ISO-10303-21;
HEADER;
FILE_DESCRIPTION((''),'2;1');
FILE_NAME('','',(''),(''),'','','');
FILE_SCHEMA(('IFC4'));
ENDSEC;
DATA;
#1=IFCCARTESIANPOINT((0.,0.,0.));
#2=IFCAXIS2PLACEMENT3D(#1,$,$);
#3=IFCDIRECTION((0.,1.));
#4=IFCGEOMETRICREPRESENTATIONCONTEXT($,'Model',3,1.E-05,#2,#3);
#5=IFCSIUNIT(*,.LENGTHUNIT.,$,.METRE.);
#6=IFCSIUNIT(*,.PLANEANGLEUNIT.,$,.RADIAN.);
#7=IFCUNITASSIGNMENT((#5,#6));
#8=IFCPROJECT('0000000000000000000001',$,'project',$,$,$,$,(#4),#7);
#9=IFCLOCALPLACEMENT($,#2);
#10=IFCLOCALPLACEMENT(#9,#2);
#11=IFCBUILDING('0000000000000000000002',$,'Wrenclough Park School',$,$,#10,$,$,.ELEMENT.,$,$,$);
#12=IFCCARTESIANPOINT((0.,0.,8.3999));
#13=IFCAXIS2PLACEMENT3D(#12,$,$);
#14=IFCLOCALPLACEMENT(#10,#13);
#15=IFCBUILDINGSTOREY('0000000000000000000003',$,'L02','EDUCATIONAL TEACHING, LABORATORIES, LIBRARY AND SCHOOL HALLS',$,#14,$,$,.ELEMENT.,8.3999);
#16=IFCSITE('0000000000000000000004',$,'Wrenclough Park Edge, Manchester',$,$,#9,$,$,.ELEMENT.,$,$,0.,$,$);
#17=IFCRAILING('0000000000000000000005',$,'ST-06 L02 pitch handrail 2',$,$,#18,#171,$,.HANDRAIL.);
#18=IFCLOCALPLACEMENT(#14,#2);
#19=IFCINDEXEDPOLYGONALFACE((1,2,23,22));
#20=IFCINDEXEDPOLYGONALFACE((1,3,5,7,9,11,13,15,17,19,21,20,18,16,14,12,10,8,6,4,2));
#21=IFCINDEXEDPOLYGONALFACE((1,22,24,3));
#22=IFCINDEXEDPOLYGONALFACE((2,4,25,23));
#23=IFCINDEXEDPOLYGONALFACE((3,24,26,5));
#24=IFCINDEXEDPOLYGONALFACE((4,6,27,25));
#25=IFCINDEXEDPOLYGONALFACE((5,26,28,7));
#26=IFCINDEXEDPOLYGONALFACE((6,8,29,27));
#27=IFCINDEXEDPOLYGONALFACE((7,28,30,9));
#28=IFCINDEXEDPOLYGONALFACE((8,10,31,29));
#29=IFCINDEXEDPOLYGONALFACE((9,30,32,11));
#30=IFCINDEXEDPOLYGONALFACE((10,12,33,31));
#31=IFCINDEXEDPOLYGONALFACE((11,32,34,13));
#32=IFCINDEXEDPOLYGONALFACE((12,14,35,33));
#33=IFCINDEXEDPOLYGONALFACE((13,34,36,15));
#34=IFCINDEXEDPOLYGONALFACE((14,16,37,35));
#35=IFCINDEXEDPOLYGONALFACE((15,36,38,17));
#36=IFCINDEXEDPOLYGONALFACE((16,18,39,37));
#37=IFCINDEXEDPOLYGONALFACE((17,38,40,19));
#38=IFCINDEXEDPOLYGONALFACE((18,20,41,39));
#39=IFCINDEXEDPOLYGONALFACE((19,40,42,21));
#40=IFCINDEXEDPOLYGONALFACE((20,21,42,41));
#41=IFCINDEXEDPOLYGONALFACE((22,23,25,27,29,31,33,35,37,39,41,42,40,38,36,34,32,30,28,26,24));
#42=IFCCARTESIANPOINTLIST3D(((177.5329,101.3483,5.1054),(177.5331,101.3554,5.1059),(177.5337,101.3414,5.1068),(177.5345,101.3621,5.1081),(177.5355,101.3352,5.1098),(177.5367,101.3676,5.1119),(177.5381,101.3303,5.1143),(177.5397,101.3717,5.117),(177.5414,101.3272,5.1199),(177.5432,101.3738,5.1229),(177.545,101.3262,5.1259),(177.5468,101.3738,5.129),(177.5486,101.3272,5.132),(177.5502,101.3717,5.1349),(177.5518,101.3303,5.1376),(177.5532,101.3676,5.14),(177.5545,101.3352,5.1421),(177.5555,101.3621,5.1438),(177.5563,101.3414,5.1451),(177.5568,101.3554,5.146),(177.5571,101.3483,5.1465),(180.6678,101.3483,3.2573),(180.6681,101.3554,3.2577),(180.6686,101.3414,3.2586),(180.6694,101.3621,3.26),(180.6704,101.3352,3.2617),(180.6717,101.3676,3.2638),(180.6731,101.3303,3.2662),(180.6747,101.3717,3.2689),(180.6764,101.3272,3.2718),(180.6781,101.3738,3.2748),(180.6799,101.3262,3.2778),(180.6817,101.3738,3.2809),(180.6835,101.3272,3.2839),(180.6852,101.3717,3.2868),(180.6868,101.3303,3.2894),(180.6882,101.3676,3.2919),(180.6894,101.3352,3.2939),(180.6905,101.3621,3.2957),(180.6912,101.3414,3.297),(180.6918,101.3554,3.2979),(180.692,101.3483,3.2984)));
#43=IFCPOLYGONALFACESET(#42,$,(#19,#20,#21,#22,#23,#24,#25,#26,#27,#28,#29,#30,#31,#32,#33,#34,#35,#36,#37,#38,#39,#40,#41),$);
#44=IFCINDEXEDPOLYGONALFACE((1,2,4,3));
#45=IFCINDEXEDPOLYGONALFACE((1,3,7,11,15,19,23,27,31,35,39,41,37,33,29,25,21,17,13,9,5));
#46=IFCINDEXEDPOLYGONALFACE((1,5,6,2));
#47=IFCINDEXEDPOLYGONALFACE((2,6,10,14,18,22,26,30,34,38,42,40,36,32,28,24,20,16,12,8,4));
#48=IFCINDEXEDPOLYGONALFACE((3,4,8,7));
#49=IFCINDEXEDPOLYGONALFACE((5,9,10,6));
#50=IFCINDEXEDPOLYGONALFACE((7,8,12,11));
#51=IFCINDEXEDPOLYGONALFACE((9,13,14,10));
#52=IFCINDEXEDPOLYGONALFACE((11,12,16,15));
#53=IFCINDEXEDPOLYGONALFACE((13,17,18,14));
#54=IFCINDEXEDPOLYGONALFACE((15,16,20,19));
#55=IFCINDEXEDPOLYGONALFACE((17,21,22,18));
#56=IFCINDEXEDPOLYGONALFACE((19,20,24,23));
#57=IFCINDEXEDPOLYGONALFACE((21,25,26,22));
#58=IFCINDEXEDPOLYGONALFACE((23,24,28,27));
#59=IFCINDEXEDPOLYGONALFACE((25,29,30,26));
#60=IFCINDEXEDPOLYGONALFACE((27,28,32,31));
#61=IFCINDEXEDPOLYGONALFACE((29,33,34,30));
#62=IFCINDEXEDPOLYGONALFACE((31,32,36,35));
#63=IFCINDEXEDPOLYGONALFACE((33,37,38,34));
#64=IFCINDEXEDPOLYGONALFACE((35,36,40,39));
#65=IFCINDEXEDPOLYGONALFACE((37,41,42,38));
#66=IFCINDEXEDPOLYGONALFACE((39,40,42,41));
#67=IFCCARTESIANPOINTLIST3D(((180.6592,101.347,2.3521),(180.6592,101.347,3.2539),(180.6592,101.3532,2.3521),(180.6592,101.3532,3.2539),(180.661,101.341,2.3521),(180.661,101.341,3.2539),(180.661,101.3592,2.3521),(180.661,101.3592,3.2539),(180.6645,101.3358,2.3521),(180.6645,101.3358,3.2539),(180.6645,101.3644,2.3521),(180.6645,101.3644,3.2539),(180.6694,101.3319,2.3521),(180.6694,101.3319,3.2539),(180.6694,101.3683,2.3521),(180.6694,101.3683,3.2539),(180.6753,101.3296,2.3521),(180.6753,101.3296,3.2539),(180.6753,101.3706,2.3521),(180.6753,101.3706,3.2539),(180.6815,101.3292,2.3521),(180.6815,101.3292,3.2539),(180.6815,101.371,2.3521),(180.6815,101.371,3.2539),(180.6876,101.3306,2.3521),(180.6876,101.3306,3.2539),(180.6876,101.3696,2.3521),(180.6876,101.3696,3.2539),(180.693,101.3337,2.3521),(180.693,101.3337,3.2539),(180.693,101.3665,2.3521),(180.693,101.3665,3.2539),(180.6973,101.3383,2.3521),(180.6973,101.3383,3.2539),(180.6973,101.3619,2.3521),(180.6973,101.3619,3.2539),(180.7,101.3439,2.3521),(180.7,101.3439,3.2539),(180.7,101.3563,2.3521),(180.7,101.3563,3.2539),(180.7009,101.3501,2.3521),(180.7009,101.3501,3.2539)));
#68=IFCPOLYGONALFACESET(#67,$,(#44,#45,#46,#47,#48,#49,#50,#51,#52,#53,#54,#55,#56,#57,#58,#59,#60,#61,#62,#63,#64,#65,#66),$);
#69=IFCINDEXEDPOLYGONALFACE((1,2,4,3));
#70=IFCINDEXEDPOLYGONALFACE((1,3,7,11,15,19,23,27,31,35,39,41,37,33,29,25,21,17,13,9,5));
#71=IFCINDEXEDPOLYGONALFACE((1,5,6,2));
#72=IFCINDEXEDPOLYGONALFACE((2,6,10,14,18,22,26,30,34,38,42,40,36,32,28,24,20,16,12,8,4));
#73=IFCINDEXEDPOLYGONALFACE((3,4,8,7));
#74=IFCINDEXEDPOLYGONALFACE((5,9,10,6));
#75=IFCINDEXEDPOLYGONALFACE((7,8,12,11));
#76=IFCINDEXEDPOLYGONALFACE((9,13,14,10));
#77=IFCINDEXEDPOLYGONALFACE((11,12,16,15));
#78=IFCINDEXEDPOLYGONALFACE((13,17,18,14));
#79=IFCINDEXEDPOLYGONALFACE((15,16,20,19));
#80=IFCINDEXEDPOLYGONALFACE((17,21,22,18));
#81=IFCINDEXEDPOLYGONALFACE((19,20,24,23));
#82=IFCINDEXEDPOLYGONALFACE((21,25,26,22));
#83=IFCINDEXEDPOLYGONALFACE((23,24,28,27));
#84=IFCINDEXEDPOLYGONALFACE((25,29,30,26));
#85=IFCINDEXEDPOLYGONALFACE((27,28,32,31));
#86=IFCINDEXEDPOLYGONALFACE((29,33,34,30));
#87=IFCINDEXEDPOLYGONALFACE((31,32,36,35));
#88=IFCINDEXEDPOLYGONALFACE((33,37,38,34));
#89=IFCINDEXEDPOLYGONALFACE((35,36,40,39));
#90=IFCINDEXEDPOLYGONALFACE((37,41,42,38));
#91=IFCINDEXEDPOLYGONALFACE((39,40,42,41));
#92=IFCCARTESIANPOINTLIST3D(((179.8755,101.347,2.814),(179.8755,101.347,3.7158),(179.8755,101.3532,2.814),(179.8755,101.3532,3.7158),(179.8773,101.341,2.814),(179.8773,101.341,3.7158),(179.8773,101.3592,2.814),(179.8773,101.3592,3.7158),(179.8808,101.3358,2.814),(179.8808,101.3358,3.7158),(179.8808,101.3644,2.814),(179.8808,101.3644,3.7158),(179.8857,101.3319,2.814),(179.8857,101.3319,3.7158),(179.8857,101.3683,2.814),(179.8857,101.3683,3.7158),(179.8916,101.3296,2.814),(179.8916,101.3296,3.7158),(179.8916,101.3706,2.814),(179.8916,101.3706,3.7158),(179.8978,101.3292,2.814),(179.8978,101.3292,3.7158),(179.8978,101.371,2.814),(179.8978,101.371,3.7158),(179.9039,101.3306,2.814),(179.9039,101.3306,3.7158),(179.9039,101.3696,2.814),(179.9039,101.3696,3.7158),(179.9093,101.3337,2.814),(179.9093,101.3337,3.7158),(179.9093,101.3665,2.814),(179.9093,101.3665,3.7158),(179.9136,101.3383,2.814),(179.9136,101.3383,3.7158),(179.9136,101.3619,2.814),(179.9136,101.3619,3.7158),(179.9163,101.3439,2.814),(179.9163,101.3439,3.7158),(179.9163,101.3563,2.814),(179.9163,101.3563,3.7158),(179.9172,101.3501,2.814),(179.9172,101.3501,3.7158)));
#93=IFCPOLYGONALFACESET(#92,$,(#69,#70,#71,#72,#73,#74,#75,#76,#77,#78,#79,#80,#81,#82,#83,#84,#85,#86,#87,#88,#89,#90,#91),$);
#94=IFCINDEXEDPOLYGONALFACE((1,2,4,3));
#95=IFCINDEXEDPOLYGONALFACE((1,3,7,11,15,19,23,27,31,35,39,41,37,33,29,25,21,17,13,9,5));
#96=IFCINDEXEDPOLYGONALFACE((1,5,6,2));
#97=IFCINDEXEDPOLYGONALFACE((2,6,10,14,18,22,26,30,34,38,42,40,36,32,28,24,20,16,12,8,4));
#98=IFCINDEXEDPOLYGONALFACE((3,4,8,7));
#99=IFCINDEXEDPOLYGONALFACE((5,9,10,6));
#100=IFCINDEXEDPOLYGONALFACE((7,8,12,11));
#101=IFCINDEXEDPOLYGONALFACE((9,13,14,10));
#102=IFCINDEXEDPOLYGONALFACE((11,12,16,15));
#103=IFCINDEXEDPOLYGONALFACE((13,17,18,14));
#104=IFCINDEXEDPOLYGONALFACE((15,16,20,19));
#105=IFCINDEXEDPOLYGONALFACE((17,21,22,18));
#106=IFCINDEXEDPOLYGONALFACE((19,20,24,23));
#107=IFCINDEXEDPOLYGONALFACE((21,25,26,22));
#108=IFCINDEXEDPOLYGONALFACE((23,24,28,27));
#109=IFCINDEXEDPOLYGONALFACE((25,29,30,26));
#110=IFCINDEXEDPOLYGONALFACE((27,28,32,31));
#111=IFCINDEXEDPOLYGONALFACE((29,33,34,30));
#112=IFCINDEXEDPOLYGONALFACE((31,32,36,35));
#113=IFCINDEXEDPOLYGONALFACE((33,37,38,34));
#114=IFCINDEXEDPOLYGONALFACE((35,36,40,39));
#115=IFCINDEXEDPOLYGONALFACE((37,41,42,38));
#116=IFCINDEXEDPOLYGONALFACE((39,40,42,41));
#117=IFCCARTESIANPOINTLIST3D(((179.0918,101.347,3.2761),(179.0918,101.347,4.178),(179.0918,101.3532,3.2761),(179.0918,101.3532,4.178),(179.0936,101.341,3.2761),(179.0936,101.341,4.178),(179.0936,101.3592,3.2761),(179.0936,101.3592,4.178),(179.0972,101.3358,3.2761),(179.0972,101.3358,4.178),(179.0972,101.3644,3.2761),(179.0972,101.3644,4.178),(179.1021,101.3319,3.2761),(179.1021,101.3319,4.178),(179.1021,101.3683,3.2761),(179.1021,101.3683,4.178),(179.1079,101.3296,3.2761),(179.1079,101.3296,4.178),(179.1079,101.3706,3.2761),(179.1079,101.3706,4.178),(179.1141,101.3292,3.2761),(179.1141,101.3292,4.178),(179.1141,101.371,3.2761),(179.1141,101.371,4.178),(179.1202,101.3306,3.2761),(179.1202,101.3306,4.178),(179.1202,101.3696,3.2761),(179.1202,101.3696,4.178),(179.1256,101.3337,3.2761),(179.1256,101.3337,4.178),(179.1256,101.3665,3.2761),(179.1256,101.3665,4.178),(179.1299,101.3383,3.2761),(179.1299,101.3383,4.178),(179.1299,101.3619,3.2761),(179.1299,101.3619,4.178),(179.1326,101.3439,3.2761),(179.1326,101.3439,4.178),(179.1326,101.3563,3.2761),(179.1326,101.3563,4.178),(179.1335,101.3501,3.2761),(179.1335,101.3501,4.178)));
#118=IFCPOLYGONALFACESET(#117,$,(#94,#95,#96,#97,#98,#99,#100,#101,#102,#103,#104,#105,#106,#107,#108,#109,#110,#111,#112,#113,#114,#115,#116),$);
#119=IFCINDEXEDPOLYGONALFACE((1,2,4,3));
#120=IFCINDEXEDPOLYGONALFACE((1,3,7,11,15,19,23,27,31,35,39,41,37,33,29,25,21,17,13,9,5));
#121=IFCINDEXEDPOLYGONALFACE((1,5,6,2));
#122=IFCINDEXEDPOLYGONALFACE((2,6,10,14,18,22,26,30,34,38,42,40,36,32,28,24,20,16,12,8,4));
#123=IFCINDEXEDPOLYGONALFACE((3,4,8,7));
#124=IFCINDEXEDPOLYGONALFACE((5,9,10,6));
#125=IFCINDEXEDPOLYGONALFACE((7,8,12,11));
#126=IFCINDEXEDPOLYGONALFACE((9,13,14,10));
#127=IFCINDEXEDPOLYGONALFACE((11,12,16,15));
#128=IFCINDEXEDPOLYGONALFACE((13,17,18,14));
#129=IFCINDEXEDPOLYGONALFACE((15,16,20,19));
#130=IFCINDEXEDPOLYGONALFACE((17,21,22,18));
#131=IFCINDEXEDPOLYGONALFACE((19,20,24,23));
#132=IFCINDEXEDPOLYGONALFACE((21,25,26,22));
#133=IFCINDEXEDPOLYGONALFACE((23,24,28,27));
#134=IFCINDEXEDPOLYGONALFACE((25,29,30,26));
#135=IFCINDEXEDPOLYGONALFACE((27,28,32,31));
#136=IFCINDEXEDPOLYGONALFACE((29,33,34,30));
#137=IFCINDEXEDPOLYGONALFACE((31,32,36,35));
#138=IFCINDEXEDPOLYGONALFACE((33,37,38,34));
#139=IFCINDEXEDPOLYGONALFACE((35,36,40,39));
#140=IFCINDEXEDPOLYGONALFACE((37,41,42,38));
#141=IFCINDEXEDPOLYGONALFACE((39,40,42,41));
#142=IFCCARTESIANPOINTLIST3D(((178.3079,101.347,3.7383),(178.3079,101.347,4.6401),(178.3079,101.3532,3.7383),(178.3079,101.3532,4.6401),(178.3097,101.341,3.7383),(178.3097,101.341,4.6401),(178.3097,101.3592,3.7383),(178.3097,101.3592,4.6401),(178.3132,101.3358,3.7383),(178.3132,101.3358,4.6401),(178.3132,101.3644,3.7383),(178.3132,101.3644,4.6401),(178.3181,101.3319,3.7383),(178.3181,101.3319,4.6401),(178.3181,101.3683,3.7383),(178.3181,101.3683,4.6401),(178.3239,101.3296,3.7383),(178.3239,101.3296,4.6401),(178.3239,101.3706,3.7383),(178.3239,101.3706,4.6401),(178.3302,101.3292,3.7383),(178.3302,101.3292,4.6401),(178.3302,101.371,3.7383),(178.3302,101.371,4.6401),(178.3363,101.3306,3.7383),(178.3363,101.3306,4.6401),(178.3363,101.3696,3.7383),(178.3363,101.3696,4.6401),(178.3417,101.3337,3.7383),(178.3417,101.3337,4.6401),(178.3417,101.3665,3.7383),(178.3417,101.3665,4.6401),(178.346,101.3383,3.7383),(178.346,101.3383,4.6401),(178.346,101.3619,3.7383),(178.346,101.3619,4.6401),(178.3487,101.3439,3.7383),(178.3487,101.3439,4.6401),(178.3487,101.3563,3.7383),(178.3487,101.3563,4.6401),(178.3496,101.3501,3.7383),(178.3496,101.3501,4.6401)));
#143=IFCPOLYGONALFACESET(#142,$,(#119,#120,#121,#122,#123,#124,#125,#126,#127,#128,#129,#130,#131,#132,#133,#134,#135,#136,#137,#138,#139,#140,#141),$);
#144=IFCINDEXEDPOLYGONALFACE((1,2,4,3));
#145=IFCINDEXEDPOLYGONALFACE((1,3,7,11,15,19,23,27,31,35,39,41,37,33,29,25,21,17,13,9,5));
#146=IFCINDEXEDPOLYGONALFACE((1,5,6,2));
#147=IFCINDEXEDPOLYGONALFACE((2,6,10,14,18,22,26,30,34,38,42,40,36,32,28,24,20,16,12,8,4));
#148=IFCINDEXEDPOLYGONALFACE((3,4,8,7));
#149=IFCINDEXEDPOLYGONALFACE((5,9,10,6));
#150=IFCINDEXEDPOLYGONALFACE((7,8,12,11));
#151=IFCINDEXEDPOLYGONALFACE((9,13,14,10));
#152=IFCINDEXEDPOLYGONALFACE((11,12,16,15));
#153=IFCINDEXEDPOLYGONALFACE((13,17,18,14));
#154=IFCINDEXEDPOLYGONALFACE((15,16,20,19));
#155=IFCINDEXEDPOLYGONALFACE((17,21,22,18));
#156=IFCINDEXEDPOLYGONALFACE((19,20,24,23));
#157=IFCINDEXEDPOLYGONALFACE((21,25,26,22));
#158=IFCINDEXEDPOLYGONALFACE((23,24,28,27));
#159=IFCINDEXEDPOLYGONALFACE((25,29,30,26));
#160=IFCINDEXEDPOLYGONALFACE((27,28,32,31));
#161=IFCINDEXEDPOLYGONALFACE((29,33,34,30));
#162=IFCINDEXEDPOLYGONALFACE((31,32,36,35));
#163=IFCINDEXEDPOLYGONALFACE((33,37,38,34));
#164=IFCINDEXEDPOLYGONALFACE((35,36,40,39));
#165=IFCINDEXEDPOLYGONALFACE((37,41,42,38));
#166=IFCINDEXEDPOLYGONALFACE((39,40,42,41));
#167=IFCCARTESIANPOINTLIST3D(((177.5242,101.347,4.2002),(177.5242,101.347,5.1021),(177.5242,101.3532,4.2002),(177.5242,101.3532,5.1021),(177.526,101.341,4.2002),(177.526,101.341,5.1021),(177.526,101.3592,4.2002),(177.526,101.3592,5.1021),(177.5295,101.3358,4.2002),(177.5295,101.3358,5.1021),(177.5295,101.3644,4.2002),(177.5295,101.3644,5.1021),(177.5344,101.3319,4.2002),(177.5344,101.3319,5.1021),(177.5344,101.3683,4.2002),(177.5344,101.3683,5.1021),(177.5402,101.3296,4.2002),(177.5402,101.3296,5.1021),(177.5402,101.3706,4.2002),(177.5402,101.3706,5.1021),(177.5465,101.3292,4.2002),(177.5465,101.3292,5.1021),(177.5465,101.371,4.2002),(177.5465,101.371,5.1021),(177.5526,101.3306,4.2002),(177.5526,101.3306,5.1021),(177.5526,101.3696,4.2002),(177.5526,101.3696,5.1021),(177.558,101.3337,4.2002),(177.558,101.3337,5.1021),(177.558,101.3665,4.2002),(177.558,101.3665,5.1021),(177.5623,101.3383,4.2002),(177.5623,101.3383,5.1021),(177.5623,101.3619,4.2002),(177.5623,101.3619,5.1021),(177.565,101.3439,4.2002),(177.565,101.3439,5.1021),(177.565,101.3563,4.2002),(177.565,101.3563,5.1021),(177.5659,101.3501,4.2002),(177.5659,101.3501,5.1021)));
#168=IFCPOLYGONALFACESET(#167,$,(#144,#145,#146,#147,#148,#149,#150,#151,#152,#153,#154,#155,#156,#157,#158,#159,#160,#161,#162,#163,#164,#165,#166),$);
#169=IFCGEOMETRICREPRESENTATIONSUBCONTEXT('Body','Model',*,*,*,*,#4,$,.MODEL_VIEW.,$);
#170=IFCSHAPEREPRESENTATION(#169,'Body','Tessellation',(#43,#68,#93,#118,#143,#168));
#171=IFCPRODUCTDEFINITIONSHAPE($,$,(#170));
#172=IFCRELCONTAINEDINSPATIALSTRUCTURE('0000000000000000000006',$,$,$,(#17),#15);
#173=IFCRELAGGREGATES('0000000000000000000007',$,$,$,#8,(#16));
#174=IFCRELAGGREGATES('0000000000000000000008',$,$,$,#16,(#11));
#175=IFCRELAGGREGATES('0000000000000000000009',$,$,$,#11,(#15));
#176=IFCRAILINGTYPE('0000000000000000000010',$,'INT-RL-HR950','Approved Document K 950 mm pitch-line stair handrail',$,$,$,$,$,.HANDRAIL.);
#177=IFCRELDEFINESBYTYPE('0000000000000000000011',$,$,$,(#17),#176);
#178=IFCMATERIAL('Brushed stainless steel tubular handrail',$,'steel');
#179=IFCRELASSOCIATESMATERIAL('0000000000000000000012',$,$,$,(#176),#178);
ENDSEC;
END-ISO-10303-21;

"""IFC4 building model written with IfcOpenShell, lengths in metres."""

from ifc_helpers import new_model, si_unit, direction, frame, origin, origin_2d, place, context, subcontext, project, spatial, circle, extrude, material, type_object, element, save


model = new_model("IFC4")

# Units and contexts
model_context = context("Model", 3, precision=1e-05, world=origin(), true_north=direction((0.0, 1.0)))
body_context = subcontext(model_context, "Body", "Model", "MODEL_VIEW")
ifc_project = project(units=[si_unit("LENGTHUNIT", "METRE"), si_unit("PLANEANGLEUNIT", "RADIAN")], contexts=[model_context])

# Site, building, storey
site_placement = place(None, origin())
site = spatial("IfcSite", under=ifc_project, at=site_placement, Name="Wrenclough Park Edge, Manchester", CompositionType="ELEMENT", RefElevation=0.0)
building_placement = place(site_placement, origin())
building = spatial("IfcBuilding", under=site, at=building_placement, Name="Wrenclough Park School", CompositionType="ELEMENT")
storey_placement = place(building_placement, frame((0.0, 0.0, 8.3999)))
storey = spatial("IfcBuildingStorey", under=building, at=storey_placement, Name="L02", Description="EDUCATIONAL TEACHING, LABORATORIES, LIBRARY AND SCHOOL HALLS", CompositionType="ELEMENT", Elevation=8.3999)

# Railing
ifc_material_1 = material(Name="Brushed stainless steel tubular handrail", Category="steel")
railing_type = type_object("IfcRailingType", Name="INT-RL-HR950", Description="Approved Document K 950 mm pitch-line stair handrail", PredefinedType="HANDRAIL", material=ifc_material_1)
railing_placement = place(storey_placement, frame((180.6799, 101.3501, 2.3521)))
element("IfcRailing", 1, at=railing_placement, inside=storey, type_object=railing_type, Name="ST-06 L02 pitch handrail 2", PredefinedType="HANDRAIL", context=body_context, shape_type="SweptSolid", body=[
    extrude(circle(Radius=0.0239, at=origin_2d()), frame((0.0, 0.0, 0.9258), z_axis=(-0.861451, 0.0, 0.507841), x_axis=(0.0, -1.0, 0.0)), (0.0, 0.0, 1.0), 3.6392),
    extrude(circle(Radius=0.021, at=origin_2d()), origin(), (0.0, 0.0, 1.0), 0.9019),
    extrude(circle(Radius=0.021, at=origin_2d()), frame((-0.7837, 0.0, 0.4619)), (0.0, 0.0, 1.0), 0.9019),
    extrude(circle(Radius=0.021, at=origin_2d()), frame((-1.5674, 0.0, 0.9241)), (0.0, 0.0, 1.0), 0.9019),
    extrude(circle(Radius=0.021, at=origin_2d()), frame((-2.3513, 0.0, 1.3862)), (0.0, 0.0, 1.0), 0.9019),
    extrude(circle(Radius=0.021, at=origin_2d()), frame((-3.135, 0.0, 1.8481)), (0.0, 0.0, 1.0), 0.9019),
])

save(model, "model.ifc")
